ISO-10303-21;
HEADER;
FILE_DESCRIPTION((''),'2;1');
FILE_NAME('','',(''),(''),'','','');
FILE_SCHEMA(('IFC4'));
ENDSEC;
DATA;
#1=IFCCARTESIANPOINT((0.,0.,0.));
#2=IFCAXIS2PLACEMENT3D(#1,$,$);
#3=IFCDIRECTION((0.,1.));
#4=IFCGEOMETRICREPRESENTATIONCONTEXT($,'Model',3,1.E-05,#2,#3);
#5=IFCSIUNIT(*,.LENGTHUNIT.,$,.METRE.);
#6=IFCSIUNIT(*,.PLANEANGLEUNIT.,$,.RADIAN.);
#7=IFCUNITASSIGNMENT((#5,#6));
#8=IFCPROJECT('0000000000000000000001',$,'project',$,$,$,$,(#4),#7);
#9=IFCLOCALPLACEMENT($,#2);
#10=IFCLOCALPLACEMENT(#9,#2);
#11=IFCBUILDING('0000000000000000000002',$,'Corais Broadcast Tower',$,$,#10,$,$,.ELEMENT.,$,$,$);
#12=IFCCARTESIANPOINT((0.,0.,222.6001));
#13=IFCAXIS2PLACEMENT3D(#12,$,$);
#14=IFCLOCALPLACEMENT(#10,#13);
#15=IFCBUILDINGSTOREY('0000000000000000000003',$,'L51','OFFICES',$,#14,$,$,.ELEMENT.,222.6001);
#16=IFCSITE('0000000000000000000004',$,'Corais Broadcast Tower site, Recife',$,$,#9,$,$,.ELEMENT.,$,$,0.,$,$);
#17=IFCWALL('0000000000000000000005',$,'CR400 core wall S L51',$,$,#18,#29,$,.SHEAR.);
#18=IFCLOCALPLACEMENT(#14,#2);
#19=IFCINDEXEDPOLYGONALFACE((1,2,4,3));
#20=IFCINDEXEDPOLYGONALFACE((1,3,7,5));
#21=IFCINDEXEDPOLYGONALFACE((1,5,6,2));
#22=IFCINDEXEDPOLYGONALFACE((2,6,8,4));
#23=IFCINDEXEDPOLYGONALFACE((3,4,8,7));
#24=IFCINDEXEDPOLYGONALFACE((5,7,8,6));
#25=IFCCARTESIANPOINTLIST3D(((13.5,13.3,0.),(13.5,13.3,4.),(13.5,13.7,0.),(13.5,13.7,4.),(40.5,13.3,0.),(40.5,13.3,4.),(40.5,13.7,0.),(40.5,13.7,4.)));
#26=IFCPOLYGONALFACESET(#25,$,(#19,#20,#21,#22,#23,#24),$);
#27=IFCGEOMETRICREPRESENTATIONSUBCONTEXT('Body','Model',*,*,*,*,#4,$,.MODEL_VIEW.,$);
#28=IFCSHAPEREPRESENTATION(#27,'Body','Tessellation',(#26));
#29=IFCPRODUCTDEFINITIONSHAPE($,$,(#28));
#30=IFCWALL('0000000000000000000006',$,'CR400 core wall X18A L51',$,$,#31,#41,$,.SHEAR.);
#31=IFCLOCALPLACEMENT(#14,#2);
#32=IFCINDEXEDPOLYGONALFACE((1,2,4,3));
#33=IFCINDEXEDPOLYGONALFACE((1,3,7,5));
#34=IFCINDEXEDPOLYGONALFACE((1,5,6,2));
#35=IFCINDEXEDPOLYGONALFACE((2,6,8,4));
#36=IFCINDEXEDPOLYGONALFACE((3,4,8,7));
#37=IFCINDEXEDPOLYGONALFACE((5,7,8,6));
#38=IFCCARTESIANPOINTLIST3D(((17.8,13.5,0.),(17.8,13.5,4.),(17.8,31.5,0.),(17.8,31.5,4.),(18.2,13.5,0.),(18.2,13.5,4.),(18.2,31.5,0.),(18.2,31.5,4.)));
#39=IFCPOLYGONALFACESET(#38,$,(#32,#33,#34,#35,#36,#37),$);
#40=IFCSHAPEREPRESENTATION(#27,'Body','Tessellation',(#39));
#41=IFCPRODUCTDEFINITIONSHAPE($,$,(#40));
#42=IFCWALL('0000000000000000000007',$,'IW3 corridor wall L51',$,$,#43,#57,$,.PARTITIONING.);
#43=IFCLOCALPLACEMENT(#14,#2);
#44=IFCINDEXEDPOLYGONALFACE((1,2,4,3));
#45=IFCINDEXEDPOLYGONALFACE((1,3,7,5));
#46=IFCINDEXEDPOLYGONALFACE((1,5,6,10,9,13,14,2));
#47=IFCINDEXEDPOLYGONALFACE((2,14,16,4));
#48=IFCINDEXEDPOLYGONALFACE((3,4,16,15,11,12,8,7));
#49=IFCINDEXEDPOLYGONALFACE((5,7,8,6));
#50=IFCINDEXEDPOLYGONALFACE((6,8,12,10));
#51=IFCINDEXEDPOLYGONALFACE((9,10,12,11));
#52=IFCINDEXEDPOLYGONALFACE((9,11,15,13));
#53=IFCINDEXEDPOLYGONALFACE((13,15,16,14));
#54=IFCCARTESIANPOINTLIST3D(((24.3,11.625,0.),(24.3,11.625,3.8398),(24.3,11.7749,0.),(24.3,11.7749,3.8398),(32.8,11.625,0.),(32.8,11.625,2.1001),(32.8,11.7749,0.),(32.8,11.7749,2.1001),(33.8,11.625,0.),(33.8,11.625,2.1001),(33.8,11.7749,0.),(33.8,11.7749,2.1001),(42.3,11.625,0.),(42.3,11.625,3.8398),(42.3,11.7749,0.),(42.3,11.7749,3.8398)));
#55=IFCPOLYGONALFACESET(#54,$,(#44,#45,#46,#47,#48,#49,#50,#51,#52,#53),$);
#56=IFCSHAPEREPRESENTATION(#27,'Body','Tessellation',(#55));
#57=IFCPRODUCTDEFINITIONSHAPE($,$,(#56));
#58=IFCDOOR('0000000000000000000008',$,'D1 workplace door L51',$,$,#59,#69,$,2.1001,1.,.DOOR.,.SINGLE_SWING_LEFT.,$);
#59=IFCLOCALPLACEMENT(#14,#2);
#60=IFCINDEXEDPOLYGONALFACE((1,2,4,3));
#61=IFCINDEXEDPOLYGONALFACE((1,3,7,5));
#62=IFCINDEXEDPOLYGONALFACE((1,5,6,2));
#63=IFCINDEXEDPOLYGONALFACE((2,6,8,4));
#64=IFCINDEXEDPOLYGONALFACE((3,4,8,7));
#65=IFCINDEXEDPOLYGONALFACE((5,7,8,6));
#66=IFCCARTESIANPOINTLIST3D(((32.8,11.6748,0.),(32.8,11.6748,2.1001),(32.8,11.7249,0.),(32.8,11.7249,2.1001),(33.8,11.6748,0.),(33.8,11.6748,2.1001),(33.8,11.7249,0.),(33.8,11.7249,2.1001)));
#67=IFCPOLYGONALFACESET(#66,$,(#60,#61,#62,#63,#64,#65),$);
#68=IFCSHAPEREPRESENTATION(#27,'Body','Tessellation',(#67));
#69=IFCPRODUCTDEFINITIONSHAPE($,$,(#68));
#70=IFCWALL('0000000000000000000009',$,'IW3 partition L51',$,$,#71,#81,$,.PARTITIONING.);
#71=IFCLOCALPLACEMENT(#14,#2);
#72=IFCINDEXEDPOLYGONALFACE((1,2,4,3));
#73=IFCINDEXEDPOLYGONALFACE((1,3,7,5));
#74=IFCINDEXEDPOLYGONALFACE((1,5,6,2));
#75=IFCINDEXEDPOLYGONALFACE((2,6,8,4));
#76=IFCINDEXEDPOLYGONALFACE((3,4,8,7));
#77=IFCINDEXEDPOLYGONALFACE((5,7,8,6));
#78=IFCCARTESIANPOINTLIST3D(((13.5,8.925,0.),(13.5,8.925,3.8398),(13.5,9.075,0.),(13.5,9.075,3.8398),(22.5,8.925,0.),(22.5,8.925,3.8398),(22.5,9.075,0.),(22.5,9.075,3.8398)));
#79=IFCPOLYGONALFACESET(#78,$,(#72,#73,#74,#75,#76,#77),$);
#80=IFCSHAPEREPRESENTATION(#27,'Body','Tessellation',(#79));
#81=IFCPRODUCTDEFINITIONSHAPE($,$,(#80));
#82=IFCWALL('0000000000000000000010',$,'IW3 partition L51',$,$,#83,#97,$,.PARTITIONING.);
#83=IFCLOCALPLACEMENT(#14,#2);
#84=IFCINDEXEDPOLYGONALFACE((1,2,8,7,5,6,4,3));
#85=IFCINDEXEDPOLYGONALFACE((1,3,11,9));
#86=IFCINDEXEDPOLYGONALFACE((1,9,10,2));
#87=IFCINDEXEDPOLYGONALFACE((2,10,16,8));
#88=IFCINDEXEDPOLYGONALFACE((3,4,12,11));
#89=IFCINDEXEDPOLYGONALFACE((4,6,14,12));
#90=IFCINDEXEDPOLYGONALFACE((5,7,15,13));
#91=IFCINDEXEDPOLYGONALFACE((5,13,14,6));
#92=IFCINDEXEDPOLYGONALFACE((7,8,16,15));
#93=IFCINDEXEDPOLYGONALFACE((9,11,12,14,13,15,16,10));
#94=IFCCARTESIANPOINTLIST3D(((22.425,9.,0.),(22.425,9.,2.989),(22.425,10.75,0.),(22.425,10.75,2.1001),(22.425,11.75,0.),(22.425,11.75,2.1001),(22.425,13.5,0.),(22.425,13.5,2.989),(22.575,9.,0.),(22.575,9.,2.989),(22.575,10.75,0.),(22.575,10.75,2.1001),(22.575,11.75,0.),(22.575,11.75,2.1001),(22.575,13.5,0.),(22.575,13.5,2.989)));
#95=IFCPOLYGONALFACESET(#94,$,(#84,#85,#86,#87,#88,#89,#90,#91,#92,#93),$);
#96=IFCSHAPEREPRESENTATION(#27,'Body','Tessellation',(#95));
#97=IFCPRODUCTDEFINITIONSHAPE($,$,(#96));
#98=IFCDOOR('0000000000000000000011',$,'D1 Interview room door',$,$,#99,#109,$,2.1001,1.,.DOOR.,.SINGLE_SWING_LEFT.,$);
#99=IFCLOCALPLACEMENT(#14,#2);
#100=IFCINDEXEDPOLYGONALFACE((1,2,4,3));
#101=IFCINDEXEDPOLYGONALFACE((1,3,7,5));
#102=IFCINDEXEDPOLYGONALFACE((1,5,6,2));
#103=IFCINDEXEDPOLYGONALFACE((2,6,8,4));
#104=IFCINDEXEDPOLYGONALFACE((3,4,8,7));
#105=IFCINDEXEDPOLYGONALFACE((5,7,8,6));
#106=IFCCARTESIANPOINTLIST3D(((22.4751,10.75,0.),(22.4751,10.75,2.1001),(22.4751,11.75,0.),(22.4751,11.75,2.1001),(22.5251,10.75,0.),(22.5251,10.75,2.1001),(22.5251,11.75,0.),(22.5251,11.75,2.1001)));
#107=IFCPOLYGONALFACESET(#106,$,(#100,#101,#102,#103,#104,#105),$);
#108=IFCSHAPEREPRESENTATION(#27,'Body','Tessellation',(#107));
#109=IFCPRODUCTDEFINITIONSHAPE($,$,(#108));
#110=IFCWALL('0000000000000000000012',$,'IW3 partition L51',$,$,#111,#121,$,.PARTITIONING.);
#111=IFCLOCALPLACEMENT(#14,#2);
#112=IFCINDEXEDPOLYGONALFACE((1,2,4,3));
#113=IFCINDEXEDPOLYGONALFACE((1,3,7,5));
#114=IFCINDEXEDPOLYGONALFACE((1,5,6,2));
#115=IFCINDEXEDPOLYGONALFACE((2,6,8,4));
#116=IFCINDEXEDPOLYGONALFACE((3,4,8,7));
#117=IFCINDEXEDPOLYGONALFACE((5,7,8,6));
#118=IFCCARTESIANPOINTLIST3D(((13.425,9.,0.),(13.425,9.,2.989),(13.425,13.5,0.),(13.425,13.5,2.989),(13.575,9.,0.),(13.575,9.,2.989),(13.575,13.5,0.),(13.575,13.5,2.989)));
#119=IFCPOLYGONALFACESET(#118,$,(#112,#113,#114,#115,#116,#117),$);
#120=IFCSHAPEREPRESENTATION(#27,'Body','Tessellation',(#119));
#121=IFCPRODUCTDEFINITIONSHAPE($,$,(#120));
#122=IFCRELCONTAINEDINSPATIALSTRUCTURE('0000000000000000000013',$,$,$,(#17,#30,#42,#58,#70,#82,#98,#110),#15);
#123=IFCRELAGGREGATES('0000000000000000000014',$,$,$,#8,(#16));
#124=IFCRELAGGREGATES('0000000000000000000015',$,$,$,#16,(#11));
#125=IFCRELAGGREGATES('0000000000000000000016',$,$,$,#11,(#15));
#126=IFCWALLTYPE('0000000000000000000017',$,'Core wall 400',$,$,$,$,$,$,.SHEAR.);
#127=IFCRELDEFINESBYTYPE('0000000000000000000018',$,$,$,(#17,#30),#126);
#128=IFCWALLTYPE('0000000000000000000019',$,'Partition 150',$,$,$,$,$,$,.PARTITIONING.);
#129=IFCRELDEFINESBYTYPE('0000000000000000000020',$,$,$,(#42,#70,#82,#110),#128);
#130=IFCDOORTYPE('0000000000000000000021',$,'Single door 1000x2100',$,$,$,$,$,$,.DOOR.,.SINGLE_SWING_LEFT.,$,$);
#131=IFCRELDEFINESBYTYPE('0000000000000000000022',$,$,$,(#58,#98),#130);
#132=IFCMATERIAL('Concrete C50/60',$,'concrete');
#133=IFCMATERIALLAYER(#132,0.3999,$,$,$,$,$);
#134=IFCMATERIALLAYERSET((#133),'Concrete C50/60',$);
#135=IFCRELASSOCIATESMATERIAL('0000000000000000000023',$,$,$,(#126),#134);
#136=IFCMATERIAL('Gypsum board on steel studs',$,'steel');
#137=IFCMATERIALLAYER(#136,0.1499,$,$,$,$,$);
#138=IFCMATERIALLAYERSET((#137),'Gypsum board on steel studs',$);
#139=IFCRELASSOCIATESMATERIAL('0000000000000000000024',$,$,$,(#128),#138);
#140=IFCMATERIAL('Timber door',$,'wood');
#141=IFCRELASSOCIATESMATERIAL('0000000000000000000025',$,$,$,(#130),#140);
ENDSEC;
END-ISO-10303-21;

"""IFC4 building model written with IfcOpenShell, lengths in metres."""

from ifc_helpers import new_model, si_unit, direction, frame, frame_2d, origin, place, context, subcontext, project, spatial, rectangle, extrude, material, layer, layer_set, type_object, element, fill, save


model = new_model("IFC4")

# Units and contexts
model_context = context("Model", 3, precision=1e-05, world=origin(), true_north=direction((0.0, 1.0)))
body_context = subcontext(model_context, "Body", "Model", "MODEL_VIEW")
ifc_project = project(units=[si_unit("LENGTHUNIT", "METRE"), si_unit("PLANEANGLEUNIT", "RADIAN")], contexts=[model_context])

# Site, building, storey
site_placement = place(None, origin())
site = spatial("IfcSite", under=ifc_project, at=site_placement, Name="Corais Broadcast Tower site, Recife", CompositionType="ELEMENT", RefElevation=0.0)
building_placement = place(site_placement, origin())
building = spatial("IfcBuilding", under=site, at=building_placement, Name="Corais Broadcast Tower", CompositionType="ELEMENT")
storey_placement = place(building_placement, frame((0.0, 0.0, 222.6001)))
storey = spatial("IfcBuildingStorey", under=building, at=storey_placement, Name="L51", Description="OFFICES", CompositionType="ELEMENT", Elevation=222.6001)

# Walls
ifc_material_1 = material(Name="Concrete C50/60", Category="concrete")
ifc_layer_1 = layer(ifc_material_1, 0.3999)
ifc_layer_set_1 = layer_set([ifc_layer_1], Name="Concrete C50/60")
wall_type_1 = type_object("IfcWallType", Name="Core wall 400", PredefinedType="SHEAR", material=ifc_layer_set_1)
wall_1_placement = place(storey_placement, frame((13.5, 13.5, 0.0), z_axis=(0.0, 0.0, 1.0), x_axis=(1.0, 0.0, 0.0)))
element("IfcWall", 1, at=wall_1_placement, inside=storey, type_object=wall_type_1, Name="CR400 core wall S L51", PredefinedType="SHEAR", context=body_context, shape_type="SweptSolid", body=[
    extrude(rectangle(XDim=27.0, YDim=0.3999, at=frame_2d((13.5, 0.0))), origin(), (0.0, 0.0, 1.0), 4.0),
])
wall_2_placement = place(storey_placement, frame((18.0, 13.5, 0.0), z_axis=(0.0, 0.0, 1.0), x_axis=(0.0, 1.0, 0.0)))
element("IfcWall", 2, at=wall_2_placement, inside=storey, type_object=wall_type_1, Name="CR400 core wall X18A L51", PredefinedType="SHEAR", context=body_context, shape_type="SweptSolid", body=[
    extrude(rectangle(XDim=18.0, YDim=0.3999, at=frame_2d((9.0, 0.0))), origin(), (0.0, 0.0, 1.0), 4.0),
])

# Wall, opening, door
ifc_material_2 = material(Name="Gypsum board on steel studs", Category="steel")
ifc_layer_2 = layer(ifc_material_2, 0.1499)
ifc_layer_set_2 = layer_set([ifc_layer_2], Name="Gypsum board on steel studs")
wall_type_2 = type_object("IfcWallType", Name="Partition 150", PredefinedType="PARTITIONING", material=ifc_layer_set_2)
wall_3_placement = place(storey_placement, frame((24.3, 11.7, 0.0), z_axis=(0.0, 0.0, 1.0), x_axis=(1.0, 0.0, 0.0)))
wall_3 = element("IfcWall", 3, at=wall_3_placement, inside=storey, type_object=wall_type_2, Name="IW3 corridor wall L51", PredefinedType="PARTITIONING", context=body_context, shape_type="SweptSolid", body=[
    extrude(rectangle(XDim=18.0, YDim=0.1499, at=frame_2d((9.0, 0.0))), origin(), (0.0, 0.0, 1.0), 3.8398),
])
opening_1_placement = place(wall_3_placement, frame((8.5, 0.0, 0.0)))
opening_1 = element("IfcOpeningElement", 4, at=opening_1_placement, cuts=wall_3, PredefinedType="OPENING", context=body_context, shape_type="SweptSolid", body=[
    extrude(rectangle(XDim=1.0, YDim=2.1001, at=frame_2d((0.5, 1.05))), frame((0.0, 0.085, 0.0), z_axis=(0.0, -1.0, 0.0), x_axis=(1.0, 0.0, 0.0)), (0.0, 0.0, 1.0), 0.1699),
])
ifc_material_3 = material(Name="Timber door", Category="wood")
door_type = type_object("IfcDoorType", Name="Single door 1000x2100", OperationType="SINGLE_SWING_LEFT", PredefinedType="DOOR", material=ifc_material_3)
door_1_placement = place(opening_1_placement, origin())
door_1 = element("IfcDoor", 5, at=door_1_placement, inside=storey, type_object=door_type, Name="D1 workplace door L51", OperationType="SINGLE_SWING_LEFT", OverallHeight=2.1001, OverallWidth=1.0, PredefinedType="DOOR", context=body_context, shape_type="SweptSolid", body=[
    extrude(rectangle(XDim=1.0, YDim=2.1001, at=frame_2d((0.5, 1.05))), frame((0.0, 0.0249, 0.0), z_axis=(0.0, -1.0, 0.0), x_axis=(1.0, 0.0, 0.0)), (0.0, 0.0, 1.0), 0.05),
])
fill(opening_1, door_1)

# Wall
wall_4_placement = place(storey_placement, frame((13.5, 9.0, 0.0), z_axis=(0.0, 0.0, 1.0), x_axis=(1.0, 0.0, 0.0)))
element("IfcWall", 6, at=wall_4_placement, inside=storey, type_object=wall_type_2, Name="IW3 partition L51", PredefinedType="PARTITIONING", context=body_context, shape_type="SweptSolid", body=[
    extrude(rectangle(XDim=9.0, YDim=0.1499, at=frame_2d((4.5, 0.0))), origin(), (0.0, 0.0, 1.0), 3.8398),
])

# Wall, opening, door
wall_5_placement = place(storey_placement, frame((22.5, 9.0, 0.0), z_axis=(0.0, 0.0, 1.0), x_axis=(0.0, 1.0, 0.0)))
wall_5 = element("IfcWall", 7, at=wall_5_placement, inside=storey, type_object=wall_type_2, Name="IW3 partition L51", PredefinedType="PARTITIONING", context=body_context, shape_type="SweptSolid", body=[
    extrude(rectangle(XDim=4.5, YDim=0.1499, at=frame_2d((2.25, 0.0))), origin(), (0.0, 0.0, 1.0), 2.989),
])
opening_2_placement = place(wall_5_placement, frame((1.75, 0.0, 0.0)))
opening_2 = element("IfcOpeningElement", 8, at=opening_2_placement, cuts=wall_5, PredefinedType="OPENING", context=body_context, shape_type="SweptSolid", body=[
    extrude(rectangle(XDim=1.0, YDim=2.1001, at=frame_2d((0.5, 1.05))), frame((0.0, 0.085, 0.0), z_axis=(0.0, -1.0, 0.0), x_axis=(1.0, 0.0, 0.0)), (0.0, 0.0, 1.0), 0.1699),
])
door_2_placement = place(opening_2_placement, origin())
door_2 = element("IfcDoor", 9, at=door_2_placement, inside=storey, type_object=door_type, Name="D1 Interview room door", OperationType="SINGLE_SWING_LEFT", OverallHeight=2.1001, OverallWidth=1.0, PredefinedType="DOOR", context=body_context, shape_type="SweptSolid", body=[
    extrude(rectangle(XDim=1.0, YDim=2.1001, at=frame_2d((0.5, 1.05))), frame((0.0, 0.0249, 0.0), z_axis=(0.0, -1.0, 0.0), x_axis=(1.0, 0.0, 0.0)), (0.0, 0.0, 1.0), 0.05),
])
fill(opening_2, door_2)

# Wall
wall_6_placement = place(storey_placement, frame((13.5, 13.5, 0.0), z_axis=(0.0, 0.0, 1.0), x_axis=(0.0, -1.0, 0.0)))
element("IfcWall", 10, at=wall_6_placement, inside=storey, type_object=wall_type_2, Name="IW3 partition L51", PredefinedType="PARTITIONING", context=body_context, shape_type="SweptSolid", body=[
    extrude(rectangle(XDim=4.5, YDim=0.1499, at=frame_2d((2.25, 0.0))), origin(), (0.0, 0.0, 1.0), 2.989),
])

save(model, "model.ifc")
